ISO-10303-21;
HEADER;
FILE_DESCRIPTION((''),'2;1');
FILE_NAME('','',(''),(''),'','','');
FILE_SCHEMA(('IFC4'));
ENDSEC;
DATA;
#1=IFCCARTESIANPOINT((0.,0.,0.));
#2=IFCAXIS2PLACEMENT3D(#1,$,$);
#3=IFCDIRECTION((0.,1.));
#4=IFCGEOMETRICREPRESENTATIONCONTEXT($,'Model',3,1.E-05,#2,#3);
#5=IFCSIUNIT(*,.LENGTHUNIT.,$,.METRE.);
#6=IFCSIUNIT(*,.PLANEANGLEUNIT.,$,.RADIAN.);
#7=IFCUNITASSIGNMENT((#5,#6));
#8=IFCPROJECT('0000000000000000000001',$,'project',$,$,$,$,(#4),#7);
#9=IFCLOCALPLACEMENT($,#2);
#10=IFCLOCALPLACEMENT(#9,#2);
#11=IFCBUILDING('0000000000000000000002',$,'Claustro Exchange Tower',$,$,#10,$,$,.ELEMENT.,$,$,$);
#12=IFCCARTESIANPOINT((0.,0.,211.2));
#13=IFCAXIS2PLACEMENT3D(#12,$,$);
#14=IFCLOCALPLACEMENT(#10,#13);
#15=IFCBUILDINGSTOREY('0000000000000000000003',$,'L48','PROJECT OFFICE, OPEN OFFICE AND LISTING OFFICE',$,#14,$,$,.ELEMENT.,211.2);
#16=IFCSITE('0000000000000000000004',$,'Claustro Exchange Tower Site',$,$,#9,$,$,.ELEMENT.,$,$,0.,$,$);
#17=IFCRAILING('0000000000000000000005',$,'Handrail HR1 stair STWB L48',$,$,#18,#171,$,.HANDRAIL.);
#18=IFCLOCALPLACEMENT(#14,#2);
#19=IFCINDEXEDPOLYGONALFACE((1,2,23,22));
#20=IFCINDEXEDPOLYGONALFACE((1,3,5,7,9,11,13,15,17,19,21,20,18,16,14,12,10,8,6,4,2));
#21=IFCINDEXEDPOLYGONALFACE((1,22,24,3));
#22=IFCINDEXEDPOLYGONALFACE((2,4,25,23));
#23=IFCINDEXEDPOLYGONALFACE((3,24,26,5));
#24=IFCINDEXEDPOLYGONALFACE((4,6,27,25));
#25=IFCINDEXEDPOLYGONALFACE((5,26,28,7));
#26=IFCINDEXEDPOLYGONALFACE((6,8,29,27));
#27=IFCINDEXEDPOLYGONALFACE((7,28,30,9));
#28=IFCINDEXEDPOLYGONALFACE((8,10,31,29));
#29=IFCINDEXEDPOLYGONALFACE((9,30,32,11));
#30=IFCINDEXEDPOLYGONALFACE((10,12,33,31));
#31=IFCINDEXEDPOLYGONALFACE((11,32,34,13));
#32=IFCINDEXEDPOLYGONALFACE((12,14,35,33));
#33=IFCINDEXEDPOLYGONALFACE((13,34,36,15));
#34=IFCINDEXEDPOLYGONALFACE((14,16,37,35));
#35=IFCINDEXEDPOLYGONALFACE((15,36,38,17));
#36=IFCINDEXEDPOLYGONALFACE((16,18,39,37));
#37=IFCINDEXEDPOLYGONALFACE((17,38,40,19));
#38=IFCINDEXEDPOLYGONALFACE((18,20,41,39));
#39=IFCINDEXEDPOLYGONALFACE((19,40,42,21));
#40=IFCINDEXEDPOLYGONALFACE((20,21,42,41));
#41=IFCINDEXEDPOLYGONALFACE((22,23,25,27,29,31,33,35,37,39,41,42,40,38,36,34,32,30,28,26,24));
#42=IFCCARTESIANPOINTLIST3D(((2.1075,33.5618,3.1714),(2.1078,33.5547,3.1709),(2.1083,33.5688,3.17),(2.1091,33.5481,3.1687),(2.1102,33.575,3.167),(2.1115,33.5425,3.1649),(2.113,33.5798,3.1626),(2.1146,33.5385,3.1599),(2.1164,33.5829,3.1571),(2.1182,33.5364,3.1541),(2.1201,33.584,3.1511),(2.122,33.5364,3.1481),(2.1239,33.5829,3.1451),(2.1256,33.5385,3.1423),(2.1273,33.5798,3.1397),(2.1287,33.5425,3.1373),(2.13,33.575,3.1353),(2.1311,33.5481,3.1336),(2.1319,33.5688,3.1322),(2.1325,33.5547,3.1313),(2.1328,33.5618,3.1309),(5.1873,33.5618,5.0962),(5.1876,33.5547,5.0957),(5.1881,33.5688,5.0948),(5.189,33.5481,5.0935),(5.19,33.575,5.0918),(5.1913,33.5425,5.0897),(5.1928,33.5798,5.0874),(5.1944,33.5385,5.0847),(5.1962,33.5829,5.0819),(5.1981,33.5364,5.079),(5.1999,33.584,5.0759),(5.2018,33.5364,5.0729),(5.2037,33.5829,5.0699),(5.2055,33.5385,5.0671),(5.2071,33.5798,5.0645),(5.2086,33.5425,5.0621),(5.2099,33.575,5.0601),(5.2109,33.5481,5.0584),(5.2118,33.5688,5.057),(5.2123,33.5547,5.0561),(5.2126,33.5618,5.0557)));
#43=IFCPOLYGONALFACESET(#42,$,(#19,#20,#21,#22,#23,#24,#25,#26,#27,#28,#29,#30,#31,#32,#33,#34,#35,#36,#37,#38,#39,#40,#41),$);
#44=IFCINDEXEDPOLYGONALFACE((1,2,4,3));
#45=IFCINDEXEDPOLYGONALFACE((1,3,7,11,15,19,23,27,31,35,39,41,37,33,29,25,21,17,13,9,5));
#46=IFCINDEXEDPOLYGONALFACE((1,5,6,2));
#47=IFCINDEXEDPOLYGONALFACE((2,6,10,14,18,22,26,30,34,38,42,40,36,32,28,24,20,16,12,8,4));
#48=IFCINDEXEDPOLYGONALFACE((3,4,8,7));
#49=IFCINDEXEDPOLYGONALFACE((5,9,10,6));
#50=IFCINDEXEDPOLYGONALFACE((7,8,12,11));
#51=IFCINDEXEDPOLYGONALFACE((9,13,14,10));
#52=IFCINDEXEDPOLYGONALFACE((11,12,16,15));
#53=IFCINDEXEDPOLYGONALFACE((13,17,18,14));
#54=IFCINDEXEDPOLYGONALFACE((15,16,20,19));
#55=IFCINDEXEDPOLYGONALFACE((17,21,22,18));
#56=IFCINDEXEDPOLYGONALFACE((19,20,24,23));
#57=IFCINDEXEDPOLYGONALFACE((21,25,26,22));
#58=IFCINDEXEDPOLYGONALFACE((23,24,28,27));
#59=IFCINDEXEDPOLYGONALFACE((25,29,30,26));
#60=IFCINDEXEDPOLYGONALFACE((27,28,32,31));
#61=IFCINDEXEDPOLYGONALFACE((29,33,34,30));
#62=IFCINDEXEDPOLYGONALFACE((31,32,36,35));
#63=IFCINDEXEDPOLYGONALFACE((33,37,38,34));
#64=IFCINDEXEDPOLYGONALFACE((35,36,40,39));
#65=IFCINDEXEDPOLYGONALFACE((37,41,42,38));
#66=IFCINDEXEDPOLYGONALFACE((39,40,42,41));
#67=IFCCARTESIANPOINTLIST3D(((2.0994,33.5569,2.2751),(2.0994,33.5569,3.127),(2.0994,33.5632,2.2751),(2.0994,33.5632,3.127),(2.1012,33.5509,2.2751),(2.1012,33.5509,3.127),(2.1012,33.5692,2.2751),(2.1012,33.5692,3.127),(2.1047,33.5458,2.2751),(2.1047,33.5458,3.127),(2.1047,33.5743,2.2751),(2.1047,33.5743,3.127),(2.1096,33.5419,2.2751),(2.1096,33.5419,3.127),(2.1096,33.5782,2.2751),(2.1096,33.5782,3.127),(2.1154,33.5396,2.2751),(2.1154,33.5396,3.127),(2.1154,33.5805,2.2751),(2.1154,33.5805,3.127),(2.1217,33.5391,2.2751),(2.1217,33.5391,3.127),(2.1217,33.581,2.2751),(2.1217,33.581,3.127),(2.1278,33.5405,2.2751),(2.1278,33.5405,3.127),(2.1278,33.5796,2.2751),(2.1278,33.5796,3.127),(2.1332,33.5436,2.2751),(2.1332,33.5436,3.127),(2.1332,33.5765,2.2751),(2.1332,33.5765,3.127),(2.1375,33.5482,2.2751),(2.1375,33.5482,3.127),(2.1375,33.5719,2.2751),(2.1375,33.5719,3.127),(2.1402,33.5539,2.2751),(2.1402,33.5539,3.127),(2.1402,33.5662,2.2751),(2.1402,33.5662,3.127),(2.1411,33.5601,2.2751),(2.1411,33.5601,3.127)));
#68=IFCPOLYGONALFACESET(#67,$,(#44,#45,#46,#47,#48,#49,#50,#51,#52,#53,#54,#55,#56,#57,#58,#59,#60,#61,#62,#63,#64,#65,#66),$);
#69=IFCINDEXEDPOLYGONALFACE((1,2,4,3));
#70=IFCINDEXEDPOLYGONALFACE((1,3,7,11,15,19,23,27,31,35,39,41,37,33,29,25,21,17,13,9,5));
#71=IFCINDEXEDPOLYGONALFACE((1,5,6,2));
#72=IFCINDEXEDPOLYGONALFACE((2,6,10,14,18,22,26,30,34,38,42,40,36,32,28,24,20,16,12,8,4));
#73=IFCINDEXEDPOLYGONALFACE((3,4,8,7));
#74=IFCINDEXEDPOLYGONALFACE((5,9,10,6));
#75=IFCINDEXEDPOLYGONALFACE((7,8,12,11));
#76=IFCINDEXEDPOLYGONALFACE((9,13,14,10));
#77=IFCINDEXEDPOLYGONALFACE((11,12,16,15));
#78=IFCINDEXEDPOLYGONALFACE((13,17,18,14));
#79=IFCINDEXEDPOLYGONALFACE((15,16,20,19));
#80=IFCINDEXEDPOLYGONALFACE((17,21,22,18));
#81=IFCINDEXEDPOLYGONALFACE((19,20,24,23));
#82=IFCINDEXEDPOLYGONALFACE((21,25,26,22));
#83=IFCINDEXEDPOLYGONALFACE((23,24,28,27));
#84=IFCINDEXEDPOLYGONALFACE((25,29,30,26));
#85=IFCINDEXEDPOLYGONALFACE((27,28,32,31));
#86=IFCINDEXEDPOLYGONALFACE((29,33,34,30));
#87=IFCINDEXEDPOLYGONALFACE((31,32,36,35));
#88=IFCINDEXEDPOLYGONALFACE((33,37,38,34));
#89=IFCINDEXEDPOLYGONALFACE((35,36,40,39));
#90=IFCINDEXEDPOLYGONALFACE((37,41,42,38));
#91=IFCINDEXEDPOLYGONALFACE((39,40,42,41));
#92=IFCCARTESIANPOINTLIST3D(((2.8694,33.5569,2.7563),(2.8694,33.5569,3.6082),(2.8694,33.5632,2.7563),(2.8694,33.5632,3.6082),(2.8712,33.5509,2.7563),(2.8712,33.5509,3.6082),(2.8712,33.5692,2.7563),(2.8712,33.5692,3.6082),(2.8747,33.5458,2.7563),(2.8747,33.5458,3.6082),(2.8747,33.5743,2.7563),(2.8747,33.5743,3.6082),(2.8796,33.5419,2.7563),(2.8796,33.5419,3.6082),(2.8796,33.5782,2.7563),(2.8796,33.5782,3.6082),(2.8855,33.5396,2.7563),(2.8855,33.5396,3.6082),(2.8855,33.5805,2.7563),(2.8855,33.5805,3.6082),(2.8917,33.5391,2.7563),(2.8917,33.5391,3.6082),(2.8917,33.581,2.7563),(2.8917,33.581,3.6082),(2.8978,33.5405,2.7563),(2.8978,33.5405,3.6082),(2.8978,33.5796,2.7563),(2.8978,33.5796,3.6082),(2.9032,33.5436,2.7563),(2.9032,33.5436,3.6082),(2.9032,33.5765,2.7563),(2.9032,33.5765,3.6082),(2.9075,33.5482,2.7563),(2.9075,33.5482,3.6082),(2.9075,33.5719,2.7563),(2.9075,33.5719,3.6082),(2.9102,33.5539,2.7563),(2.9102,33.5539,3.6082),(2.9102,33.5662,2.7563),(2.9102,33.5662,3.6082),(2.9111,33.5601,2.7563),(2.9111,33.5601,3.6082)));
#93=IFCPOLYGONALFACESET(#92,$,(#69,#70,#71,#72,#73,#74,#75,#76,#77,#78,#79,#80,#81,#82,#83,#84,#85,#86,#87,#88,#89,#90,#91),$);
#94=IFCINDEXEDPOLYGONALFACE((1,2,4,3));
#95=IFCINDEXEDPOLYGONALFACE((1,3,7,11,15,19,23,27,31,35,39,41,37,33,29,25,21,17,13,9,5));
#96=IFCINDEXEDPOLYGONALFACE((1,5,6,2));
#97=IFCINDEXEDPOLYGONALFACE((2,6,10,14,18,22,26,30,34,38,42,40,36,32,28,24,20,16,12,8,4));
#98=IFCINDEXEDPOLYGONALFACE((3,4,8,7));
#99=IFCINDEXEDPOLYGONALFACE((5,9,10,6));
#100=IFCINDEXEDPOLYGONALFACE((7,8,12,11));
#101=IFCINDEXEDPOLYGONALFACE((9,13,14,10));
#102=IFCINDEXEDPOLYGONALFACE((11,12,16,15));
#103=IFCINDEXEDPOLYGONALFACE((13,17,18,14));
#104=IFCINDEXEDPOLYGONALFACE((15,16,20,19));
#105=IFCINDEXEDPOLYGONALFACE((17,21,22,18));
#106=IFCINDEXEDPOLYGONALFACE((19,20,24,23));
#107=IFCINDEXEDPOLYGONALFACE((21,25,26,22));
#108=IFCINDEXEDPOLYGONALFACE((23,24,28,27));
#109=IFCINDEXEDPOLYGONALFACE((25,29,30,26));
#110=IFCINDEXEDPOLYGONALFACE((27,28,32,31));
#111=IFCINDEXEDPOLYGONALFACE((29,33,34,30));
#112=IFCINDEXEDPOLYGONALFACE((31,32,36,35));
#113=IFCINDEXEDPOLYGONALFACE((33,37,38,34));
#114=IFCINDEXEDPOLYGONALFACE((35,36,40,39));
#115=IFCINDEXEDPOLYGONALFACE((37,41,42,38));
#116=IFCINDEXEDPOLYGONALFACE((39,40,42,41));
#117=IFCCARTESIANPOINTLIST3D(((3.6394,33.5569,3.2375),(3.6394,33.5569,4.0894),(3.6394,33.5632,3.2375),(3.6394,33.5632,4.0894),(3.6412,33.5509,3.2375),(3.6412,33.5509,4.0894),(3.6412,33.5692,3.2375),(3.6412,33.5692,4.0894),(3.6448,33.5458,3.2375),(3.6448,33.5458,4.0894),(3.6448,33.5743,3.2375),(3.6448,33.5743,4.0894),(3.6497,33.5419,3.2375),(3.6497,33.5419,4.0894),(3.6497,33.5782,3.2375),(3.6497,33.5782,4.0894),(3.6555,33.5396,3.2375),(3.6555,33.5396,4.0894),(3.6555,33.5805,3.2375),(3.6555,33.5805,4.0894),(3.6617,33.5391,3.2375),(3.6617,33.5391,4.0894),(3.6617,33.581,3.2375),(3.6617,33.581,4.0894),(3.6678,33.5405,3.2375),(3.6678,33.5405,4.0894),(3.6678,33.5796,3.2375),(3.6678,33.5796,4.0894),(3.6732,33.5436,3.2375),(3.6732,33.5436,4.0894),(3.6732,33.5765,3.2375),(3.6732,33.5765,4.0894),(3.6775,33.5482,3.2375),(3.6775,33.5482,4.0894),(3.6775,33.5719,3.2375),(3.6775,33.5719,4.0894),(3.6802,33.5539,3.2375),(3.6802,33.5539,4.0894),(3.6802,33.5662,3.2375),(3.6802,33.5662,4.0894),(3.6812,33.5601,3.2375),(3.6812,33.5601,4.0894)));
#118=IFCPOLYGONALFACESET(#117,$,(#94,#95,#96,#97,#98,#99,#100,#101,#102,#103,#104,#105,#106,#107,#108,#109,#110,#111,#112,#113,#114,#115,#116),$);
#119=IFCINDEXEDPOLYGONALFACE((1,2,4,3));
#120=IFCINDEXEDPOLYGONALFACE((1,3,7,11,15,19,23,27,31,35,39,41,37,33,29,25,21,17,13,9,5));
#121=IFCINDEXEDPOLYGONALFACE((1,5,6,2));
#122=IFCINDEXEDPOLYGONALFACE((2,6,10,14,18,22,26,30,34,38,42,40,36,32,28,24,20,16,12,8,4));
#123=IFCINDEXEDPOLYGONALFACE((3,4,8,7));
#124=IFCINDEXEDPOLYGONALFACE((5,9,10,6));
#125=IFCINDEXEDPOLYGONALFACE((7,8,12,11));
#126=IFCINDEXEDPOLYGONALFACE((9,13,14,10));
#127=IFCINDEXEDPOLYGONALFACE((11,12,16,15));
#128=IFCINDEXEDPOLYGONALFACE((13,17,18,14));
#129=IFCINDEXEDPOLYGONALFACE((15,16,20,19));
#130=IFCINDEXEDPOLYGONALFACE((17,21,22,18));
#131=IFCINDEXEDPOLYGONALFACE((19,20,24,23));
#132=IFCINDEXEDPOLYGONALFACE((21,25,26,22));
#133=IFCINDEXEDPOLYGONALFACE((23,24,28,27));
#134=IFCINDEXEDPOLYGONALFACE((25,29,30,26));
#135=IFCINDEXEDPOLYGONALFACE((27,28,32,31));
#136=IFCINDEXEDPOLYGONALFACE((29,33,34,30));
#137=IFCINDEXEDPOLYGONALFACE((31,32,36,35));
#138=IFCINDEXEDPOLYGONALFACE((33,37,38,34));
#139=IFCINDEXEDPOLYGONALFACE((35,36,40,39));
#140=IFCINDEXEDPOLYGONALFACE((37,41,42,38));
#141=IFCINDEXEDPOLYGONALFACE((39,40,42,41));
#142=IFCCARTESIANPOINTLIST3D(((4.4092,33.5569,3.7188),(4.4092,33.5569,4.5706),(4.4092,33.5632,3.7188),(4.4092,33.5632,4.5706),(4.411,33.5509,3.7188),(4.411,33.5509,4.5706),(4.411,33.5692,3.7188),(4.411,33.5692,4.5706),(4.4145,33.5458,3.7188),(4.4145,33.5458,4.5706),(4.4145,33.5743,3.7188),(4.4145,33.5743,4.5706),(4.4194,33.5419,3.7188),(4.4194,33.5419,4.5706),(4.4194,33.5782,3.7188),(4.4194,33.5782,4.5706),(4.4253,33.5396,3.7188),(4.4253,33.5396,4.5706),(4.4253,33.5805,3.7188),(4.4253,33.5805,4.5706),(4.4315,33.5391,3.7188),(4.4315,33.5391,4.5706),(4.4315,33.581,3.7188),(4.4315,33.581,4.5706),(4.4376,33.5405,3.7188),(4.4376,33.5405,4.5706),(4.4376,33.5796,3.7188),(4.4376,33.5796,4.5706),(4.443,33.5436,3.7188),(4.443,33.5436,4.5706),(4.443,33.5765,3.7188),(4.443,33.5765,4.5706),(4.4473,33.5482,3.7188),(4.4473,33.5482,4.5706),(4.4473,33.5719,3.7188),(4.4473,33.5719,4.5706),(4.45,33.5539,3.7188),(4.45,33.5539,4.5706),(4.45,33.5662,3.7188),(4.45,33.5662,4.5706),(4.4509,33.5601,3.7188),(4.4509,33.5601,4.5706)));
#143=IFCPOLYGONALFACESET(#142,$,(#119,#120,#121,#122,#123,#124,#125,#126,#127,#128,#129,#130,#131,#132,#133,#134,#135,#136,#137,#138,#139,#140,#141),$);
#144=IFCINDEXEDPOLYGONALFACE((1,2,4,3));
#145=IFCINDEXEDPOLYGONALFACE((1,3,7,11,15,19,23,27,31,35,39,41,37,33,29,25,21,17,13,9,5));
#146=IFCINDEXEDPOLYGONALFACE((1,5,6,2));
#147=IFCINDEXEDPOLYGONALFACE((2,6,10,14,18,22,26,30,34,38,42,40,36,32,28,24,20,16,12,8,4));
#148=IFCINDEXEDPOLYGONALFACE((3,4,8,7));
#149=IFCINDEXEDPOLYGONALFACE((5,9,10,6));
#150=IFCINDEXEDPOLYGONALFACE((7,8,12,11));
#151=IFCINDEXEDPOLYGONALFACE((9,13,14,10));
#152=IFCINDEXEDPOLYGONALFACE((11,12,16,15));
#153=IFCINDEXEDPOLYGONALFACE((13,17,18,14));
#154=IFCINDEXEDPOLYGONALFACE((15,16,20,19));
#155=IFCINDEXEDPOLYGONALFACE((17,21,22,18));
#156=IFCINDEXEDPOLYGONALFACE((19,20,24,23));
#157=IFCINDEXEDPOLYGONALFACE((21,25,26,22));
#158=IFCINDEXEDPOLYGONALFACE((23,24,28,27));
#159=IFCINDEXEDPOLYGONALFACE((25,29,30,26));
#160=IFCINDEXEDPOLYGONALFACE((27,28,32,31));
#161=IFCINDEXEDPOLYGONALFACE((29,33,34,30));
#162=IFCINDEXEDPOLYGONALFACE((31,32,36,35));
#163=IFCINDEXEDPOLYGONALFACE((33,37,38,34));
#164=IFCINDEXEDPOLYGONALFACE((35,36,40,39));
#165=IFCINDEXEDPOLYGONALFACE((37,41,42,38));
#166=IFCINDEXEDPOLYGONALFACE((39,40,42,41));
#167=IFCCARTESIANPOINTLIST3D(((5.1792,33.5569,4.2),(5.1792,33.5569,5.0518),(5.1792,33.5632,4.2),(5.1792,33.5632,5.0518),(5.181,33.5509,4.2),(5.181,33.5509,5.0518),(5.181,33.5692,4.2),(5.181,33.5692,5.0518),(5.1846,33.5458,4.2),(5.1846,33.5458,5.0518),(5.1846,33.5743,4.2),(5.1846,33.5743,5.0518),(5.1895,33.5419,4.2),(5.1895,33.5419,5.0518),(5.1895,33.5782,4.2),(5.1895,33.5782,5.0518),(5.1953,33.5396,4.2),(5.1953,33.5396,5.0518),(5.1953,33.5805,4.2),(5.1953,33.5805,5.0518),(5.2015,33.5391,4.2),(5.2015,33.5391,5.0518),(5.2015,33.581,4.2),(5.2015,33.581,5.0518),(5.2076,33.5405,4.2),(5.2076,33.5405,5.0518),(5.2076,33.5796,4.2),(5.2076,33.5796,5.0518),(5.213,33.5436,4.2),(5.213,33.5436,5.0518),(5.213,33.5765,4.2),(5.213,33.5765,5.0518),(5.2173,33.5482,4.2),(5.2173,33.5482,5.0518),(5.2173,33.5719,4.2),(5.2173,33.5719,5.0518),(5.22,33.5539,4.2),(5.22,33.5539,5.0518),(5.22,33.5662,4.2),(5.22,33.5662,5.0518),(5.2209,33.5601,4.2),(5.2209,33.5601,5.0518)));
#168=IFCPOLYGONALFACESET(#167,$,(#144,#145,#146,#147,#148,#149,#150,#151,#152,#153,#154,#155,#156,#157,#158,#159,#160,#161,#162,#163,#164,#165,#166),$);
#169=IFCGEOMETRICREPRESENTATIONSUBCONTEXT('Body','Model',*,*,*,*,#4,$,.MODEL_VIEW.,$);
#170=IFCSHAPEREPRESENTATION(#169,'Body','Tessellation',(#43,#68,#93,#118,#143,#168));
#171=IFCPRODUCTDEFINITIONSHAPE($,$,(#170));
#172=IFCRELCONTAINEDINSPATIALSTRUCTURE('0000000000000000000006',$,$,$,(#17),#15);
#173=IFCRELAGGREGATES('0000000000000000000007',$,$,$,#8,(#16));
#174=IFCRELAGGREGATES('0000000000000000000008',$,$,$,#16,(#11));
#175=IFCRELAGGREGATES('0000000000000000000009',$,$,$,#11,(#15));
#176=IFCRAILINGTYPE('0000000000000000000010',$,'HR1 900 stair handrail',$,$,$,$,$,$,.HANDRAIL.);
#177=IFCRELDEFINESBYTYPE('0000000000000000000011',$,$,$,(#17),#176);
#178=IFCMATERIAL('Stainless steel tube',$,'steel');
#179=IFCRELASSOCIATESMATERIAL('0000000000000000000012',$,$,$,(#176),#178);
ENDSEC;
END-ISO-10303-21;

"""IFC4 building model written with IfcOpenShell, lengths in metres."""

from ifc_helpers import new_model, si_unit, direction, frame, origin, origin_2d, place, context, subcontext, project, spatial, circle, extrude, material, type_object, element, save


model = new_model("IFC4")

# Units and contexts
model_context = context("Model", 3, precision=1e-05, world=origin(), true_north=direction((0.0, 1.0)))
body_context = subcontext(model_context, "Body", "Model", "MODEL_VIEW")
ifc_project = project(units=[si_unit("LENGTHUNIT", "METRE"), si_unit("PLANEANGLEUNIT", "RADIAN")], contexts=[model_context])

# Site, building, storey
site_placement = place(None, origin())
site = spatial("IfcSite", under=ifc_project, at=site_placement, Name="Claustro Exchange Tower Site", CompositionType="ELEMENT", RefElevation=0.0)
building_placement = place(site_placement, origin())
building = spatial("IfcBuilding", under=site, at=building_placement, Name="Claustro Exchange Tower", CompositionType="ELEMENT")
storey_placement = place(building_placement, frame((0.0, 0.0, 211.2)))
storey = spatial("IfcBuildingStorey", under=building, at=storey_placement, Name="L48", Description="PROJECT OFFICE, OPEN OFFICE AND LISTING OFFICE", CompositionType="ELEMENT", Elevation=211.2)

# Railing
ifc_material_1 = material(Name="Stainless steel tube", Category="steel")
railing_type_1 = type_object("IfcRailingType", Name="HR1 900 stair handrail", PredefinedType="HANDRAIL", material=ifc_material_1)
railing_1_placement = place(storey_placement, frame((2.1201, 33.5601, 2.2751)))
element("IfcRailing", 1, at=railing_1_placement, inside=storey, type_object=railing_type_1, Name="Handrail HR1 stair STWB L48", PredefinedType="HANDRAIL", context=body_context, shape_type="SweptSolid", body=[
    extrude(circle(Radius=0.0239, at=origin_2d()), frame((0.0, 0.0, 0.876), z_axis=(0.84801, 0.0, 0.529981), x_axis=(0.0, 1.0, 0.0)), (0.0, 0.0, 1.0), 3.6318),
    extrude(circle(Radius=0.021, at=origin_2d()), origin(), (0.0, 0.0, 1.0), 0.8518),
    extrude(circle(Radius=0.021, at=origin_2d()), frame((0.77, 0.0, 0.4812)), (0.0, 0.0, 1.0), 0.8518),
    extrude(circle(Radius=0.021, at=origin_2d()), frame((1.54, 0.0, 0.9624)), (0.0, 0.0, 1.0), 0.8518),
    extrude(circle(Radius=0.021, at=origin_2d()), frame((2.3098, 0.0, 1.4436)), (0.0, 0.0, 1.0), 0.8518),
    extrude(circle(Radius=0.021, at=origin_2d()), frame((3.0798, 0.0, 1.9248)), (0.0, 0.0, 1.0), 0.8518),
])

save(model, "model.ifc")
